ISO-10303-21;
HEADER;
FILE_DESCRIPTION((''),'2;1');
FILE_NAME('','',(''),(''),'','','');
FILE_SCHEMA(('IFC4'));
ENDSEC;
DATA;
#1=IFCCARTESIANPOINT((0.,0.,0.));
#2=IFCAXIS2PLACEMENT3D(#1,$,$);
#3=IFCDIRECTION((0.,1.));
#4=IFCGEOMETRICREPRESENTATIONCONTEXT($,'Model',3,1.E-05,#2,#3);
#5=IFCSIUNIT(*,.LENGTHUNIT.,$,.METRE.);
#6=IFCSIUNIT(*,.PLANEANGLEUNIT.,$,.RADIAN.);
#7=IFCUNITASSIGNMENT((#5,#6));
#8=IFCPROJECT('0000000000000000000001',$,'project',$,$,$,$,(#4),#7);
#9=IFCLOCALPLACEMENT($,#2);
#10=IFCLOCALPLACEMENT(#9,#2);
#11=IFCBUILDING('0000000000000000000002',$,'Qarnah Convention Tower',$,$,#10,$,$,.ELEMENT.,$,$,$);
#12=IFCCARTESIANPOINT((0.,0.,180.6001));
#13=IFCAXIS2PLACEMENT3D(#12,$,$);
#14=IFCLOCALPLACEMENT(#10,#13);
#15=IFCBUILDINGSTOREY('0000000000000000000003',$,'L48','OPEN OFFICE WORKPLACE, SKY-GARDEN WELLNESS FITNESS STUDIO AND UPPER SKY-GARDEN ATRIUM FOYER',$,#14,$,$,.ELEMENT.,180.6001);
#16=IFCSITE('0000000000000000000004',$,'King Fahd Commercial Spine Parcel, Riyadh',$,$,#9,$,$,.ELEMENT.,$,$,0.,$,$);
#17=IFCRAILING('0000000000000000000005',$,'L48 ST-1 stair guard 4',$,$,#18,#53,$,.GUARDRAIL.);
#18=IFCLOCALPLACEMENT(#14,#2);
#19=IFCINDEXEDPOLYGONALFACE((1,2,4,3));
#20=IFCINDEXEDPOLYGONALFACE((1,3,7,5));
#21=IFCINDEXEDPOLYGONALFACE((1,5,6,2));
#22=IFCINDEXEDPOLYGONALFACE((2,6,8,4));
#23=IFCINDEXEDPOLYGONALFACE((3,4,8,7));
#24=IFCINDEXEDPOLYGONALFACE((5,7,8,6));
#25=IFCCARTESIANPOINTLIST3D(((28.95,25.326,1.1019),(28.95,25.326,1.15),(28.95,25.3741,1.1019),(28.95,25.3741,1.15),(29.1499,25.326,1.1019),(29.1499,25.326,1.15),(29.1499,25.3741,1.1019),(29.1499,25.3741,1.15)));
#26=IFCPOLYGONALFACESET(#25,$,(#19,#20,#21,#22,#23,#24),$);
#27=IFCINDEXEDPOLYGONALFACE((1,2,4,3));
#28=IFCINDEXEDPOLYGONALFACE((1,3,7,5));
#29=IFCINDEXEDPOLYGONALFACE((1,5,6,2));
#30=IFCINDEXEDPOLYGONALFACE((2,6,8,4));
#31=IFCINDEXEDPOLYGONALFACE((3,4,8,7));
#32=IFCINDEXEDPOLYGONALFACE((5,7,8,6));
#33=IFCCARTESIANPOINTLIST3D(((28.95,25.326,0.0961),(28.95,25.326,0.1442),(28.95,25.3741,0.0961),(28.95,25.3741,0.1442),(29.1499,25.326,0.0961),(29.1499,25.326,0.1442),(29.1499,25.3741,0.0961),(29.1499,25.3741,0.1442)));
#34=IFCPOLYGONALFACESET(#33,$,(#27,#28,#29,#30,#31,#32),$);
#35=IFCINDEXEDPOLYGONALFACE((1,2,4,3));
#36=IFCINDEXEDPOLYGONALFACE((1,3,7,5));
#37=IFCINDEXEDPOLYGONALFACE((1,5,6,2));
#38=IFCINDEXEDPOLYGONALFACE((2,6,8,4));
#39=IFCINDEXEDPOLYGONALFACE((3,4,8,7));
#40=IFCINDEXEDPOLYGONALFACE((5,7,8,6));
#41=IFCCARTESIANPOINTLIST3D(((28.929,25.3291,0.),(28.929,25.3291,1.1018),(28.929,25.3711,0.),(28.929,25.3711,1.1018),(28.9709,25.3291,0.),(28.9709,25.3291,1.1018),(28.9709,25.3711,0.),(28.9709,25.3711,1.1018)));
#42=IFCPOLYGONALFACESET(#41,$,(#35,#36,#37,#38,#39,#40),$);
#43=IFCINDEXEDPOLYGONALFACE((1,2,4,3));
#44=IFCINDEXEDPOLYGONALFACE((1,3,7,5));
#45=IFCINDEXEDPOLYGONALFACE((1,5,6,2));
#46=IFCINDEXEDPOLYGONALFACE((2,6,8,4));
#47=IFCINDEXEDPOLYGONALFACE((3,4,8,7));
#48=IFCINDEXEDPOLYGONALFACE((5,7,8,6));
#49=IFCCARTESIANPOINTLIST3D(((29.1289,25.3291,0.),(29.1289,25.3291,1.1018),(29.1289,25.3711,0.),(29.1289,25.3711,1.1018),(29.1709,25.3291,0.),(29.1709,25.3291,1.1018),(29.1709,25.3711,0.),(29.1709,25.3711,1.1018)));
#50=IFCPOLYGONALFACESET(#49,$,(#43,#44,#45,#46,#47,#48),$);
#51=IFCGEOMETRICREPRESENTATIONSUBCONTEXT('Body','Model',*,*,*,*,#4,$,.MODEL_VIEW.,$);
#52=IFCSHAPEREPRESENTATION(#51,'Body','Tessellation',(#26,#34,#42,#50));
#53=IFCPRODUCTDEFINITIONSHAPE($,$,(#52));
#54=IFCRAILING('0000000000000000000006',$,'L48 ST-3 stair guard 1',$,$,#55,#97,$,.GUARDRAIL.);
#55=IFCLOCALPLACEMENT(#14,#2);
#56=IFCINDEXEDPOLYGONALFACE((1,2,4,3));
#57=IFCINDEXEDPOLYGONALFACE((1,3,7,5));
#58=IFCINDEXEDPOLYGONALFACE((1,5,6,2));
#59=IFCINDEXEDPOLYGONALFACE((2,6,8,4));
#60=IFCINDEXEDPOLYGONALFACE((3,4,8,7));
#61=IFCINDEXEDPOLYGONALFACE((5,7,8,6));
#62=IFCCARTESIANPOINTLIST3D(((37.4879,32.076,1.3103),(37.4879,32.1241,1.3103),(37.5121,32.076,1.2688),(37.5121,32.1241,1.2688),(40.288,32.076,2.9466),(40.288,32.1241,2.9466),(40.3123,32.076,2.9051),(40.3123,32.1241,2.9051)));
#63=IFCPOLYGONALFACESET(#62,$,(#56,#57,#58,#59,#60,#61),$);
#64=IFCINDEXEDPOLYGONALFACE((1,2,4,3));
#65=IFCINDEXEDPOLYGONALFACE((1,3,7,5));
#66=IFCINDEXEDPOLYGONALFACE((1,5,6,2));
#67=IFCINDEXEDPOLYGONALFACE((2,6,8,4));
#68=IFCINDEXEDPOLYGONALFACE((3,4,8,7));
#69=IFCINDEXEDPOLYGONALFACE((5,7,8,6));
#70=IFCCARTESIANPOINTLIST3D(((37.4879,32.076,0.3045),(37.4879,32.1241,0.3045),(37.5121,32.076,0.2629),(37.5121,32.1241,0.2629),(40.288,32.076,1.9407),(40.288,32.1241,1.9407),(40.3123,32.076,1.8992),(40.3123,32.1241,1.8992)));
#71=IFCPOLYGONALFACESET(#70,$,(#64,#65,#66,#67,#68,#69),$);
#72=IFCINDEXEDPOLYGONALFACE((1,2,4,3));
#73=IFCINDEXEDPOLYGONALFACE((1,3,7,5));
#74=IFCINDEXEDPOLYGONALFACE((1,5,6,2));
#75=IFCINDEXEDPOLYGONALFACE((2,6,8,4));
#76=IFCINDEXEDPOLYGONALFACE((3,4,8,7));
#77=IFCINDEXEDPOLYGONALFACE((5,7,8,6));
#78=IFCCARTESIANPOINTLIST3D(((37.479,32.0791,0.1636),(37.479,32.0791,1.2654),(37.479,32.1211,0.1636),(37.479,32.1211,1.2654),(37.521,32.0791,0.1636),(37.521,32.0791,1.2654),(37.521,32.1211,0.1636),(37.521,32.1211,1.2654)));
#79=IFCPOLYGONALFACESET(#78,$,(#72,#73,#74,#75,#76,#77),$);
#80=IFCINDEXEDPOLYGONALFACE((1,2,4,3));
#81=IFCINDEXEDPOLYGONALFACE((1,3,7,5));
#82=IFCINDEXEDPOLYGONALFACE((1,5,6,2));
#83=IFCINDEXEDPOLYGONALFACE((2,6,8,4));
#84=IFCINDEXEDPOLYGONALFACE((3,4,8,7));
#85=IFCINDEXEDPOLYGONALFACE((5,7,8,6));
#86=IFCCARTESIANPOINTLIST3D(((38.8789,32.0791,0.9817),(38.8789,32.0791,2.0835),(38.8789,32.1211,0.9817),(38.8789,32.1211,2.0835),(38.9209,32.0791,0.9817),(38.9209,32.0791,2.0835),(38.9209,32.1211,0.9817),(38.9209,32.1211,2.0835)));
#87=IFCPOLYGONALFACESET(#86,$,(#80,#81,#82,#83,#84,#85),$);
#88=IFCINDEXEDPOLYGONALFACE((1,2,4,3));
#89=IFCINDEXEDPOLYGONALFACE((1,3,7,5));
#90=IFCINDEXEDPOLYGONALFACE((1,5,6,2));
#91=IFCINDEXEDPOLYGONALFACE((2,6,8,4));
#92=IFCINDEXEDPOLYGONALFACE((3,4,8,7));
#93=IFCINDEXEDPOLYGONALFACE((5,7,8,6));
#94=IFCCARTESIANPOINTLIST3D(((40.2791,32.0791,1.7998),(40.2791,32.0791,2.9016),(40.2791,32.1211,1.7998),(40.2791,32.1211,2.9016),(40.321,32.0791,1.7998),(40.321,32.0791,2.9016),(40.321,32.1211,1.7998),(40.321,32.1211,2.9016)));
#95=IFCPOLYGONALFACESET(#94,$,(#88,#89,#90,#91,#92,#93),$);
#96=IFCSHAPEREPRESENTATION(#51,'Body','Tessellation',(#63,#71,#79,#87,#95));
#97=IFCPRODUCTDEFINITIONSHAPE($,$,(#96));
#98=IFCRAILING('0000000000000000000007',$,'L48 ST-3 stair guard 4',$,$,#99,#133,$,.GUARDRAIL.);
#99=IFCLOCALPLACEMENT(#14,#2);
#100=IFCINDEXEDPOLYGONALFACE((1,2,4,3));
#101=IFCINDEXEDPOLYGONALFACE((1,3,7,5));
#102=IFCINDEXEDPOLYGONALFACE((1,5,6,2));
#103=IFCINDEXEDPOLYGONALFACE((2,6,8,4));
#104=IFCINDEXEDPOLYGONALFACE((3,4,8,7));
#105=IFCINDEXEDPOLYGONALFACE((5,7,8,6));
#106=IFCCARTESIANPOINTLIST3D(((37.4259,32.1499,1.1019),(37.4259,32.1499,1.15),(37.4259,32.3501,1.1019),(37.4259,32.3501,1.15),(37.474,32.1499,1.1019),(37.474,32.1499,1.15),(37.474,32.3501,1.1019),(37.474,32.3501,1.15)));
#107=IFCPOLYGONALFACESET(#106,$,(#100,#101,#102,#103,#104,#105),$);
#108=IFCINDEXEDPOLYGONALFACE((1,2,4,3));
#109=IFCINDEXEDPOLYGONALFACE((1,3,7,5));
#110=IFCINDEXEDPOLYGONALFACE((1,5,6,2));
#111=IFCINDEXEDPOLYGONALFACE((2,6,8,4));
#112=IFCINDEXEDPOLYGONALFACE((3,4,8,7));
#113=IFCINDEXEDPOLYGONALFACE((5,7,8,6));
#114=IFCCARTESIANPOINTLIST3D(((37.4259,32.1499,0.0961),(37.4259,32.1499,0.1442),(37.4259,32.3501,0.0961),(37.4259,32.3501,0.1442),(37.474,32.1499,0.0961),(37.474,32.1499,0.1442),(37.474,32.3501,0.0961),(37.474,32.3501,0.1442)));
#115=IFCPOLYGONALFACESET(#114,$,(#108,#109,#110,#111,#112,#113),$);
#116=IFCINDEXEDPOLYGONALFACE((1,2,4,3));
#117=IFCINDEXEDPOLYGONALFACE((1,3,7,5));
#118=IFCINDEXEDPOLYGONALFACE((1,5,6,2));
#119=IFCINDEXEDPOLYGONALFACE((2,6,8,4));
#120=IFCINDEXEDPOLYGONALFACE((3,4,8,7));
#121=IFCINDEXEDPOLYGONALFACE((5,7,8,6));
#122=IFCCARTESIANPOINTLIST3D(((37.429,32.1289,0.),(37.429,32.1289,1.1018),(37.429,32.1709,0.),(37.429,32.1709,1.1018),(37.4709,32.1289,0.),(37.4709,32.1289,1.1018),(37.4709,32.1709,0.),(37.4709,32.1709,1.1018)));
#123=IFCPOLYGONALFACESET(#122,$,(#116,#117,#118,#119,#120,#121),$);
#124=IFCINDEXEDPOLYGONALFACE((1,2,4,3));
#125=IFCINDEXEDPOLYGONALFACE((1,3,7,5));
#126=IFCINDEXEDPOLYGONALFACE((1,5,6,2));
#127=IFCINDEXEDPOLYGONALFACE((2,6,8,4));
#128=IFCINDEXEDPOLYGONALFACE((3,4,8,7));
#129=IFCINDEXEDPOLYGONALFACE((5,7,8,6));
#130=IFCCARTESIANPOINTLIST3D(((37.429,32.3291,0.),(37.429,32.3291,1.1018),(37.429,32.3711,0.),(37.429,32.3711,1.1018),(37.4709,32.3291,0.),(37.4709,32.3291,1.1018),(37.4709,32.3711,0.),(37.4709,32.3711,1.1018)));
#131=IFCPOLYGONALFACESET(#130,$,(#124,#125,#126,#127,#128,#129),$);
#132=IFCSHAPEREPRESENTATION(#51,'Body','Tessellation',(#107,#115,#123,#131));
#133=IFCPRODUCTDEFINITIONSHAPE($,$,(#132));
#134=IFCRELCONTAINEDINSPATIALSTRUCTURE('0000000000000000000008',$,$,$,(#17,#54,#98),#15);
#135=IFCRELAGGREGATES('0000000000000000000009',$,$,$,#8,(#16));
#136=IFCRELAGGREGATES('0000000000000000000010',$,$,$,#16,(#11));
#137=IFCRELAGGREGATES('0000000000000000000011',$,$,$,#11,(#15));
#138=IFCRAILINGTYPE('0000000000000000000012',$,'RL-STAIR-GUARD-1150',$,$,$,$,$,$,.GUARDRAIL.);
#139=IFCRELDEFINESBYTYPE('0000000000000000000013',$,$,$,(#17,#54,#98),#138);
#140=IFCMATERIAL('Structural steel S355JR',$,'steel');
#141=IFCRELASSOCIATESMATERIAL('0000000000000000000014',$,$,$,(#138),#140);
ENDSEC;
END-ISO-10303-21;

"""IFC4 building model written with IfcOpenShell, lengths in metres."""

from ifc_helpers import new_model, si_unit, direction, frame, origin, origin_2d, place, context, subcontext, project, spatial, rectangle, extrude, material, type_object, element, save


model = new_model("IFC4")

# Units and contexts
model_context = context("Model", 3, precision=1e-05, world=origin(), true_north=direction((0.0, 1.0)))
body_context = subcontext(model_context, "Body", "Model", "MODEL_VIEW")
ifc_project = project(units=[si_unit("LENGTHUNIT", "METRE"), si_unit("PLANEANGLEUNIT", "RADIAN")], contexts=[model_context])

# Site, building, storey
site_placement = place(None, origin())
site = spatial("IfcSite", under=ifc_project, at=site_placement, Name="King Fahd Commercial Spine Parcel, Riyadh", CompositionType="ELEMENT", RefElevation=0.0)
building_placement = place(site_placement, origin())
building = spatial("IfcBuilding", under=site, at=building_placement, Name="Qarnah Convention Tower", CompositionType="ELEMENT")
storey_placement = place(building_placement, frame((0.0, 0.0, 180.6001)))
storey = spatial("IfcBuildingStorey", under=building, at=storey_placement, Name="L48", Description="OPEN OFFICE WORKPLACE, SKY-GARDEN WELLNESS FITNESS STUDIO AND UPPER SKY-GARDEN ATRIUM FOYER", CompositionType="ELEMENT", Elevation=180.6001)

# Shared definitions
ifc_material_1 = material(Name="Structural steel S355JR", Category="steel")

# Railings
railing_type = type_object("IfcRailingType", Name="RL-STAIR-GUARD-1150", PredefinedType="GUARDRAIL", material=ifc_material_1)
railing_1_placement = place(storey_placement, frame((28.95, 25.3501, 0.0)))
element("IfcRailing", 1, at=railing_1_placement, inside=storey, type_object=railing_type, Name="L48 ST-1 stair guard 4", PredefinedType="GUARDRAIL", context=body_context, shape_type="SweptSolid", body=[
    extrude(rectangle(XDim=0.0481, YDim=0.0481, at=origin_2d()), frame((0.0, 0.0, 1.126), z_axis=(1.0, 0.0, 0.0), x_axis=(0.0, 1.0, 0.0)), (0.0, 0.0, 1.0), 0.2),
    extrude(rectangle(XDim=0.0481, YDim=0.0481, at=origin_2d()), frame((0.0, 0.0, 0.1201), z_axis=(1.0, 0.0, 0.0), x_axis=(0.0, 1.0, 0.0)), (0.0, 0.0, 1.0), 0.2),
    extrude(rectangle(XDim=0.042, YDim=0.042, at=origin_2d()), origin(), (0.0, 0.0, 1.0), 1.1018),
    extrude(rectangle(XDim=0.042, YDim=0.042, at=origin_2d()), frame((0.2, 0.0, 0.0)), (0.0, 0.0, 1.0), 1.1018),
])
railing_2_placement = place(storey_placement, frame((37.5, 32.1001, 0.1636)))
element("IfcRailing", 2, at=railing_2_placement, inside=storey, type_object=railing_type, Name="L48 ST-3 stair guard 1", PredefinedType="GUARDRAIL", context=body_context, shape_type="SweptSolid", body=[
    extrude(rectangle(XDim=0.0481, YDim=0.0481, at=origin_2d()), frame((0.0, 0.0, 1.126), z_axis=(0.863394, 0.0, 0.504531), x_axis=(0.0, 1.0, 0.0)), (0.0, 0.0, 1.0), 3.2432),
    extrude(rectangle(XDim=0.0481, YDim=0.0481, at=origin_2d()), frame((0.0, 0.0, 0.1201), z_axis=(0.863394, 0.0, 0.504531), x_axis=(0.0, 1.0, 0.0)), (0.0, 0.0, 1.0), 3.2432),
    extrude(rectangle(XDim=0.042, YDim=0.042, at=origin_2d()), origin(), (0.0, 0.0, 1.0), 1.1018),
    extrude(rectangle(XDim=0.042, YDim=0.042, at=origin_2d()), frame((1.3999, 0.0, 0.8181)), (0.0, 0.0, 1.0), 1.1018),
    extrude(rectangle(XDim=0.042, YDim=0.042, at=origin_2d()), frame((2.8, 0.0, 1.6362)), (0.0, 0.0, 1.0), 1.1018),
])
railing_3_placement = place(storey_placement, frame((37.45, 32.1499, 0.0)))
element("IfcRailing", 3, at=railing_3_placement, inside=storey, type_object=railing_type, Name="L48 ST-3 stair guard 4", PredefinedType="GUARDRAIL", context=body_context, shape_type="SweptSolid", body=[
    extrude(rectangle(XDim=0.0481, YDim=0.0481, at=origin_2d()), frame((0.0, 0.0, 1.126), z_axis=(0.0, 1.0, 0.0), x_axis=(-1.0, 0.0, 0.0)), (0.0, 0.0, 1.0), 0.2002),
    extrude(rectangle(XDim=0.0481, YDim=0.0481, at=origin_2d()), frame((0.0, 0.0, 0.1201), z_axis=(0.0, 1.0, 0.0), x_axis=(-1.0, 0.0, 0.0)), (0.0, 0.0, 1.0), 0.2002),
    extrude(rectangle(XDim=0.042, YDim=0.042, at=origin_2d()), origin(), (0.0, 0.0, 1.0), 1.1018),
    extrude(rectangle(XDim=0.042, YDim=0.042, at=origin_2d()), frame((0.0, 0.2002, 0.0)), (0.0, 0.0, 1.0), 1.1018),
])

save(model, "model.ifc")
